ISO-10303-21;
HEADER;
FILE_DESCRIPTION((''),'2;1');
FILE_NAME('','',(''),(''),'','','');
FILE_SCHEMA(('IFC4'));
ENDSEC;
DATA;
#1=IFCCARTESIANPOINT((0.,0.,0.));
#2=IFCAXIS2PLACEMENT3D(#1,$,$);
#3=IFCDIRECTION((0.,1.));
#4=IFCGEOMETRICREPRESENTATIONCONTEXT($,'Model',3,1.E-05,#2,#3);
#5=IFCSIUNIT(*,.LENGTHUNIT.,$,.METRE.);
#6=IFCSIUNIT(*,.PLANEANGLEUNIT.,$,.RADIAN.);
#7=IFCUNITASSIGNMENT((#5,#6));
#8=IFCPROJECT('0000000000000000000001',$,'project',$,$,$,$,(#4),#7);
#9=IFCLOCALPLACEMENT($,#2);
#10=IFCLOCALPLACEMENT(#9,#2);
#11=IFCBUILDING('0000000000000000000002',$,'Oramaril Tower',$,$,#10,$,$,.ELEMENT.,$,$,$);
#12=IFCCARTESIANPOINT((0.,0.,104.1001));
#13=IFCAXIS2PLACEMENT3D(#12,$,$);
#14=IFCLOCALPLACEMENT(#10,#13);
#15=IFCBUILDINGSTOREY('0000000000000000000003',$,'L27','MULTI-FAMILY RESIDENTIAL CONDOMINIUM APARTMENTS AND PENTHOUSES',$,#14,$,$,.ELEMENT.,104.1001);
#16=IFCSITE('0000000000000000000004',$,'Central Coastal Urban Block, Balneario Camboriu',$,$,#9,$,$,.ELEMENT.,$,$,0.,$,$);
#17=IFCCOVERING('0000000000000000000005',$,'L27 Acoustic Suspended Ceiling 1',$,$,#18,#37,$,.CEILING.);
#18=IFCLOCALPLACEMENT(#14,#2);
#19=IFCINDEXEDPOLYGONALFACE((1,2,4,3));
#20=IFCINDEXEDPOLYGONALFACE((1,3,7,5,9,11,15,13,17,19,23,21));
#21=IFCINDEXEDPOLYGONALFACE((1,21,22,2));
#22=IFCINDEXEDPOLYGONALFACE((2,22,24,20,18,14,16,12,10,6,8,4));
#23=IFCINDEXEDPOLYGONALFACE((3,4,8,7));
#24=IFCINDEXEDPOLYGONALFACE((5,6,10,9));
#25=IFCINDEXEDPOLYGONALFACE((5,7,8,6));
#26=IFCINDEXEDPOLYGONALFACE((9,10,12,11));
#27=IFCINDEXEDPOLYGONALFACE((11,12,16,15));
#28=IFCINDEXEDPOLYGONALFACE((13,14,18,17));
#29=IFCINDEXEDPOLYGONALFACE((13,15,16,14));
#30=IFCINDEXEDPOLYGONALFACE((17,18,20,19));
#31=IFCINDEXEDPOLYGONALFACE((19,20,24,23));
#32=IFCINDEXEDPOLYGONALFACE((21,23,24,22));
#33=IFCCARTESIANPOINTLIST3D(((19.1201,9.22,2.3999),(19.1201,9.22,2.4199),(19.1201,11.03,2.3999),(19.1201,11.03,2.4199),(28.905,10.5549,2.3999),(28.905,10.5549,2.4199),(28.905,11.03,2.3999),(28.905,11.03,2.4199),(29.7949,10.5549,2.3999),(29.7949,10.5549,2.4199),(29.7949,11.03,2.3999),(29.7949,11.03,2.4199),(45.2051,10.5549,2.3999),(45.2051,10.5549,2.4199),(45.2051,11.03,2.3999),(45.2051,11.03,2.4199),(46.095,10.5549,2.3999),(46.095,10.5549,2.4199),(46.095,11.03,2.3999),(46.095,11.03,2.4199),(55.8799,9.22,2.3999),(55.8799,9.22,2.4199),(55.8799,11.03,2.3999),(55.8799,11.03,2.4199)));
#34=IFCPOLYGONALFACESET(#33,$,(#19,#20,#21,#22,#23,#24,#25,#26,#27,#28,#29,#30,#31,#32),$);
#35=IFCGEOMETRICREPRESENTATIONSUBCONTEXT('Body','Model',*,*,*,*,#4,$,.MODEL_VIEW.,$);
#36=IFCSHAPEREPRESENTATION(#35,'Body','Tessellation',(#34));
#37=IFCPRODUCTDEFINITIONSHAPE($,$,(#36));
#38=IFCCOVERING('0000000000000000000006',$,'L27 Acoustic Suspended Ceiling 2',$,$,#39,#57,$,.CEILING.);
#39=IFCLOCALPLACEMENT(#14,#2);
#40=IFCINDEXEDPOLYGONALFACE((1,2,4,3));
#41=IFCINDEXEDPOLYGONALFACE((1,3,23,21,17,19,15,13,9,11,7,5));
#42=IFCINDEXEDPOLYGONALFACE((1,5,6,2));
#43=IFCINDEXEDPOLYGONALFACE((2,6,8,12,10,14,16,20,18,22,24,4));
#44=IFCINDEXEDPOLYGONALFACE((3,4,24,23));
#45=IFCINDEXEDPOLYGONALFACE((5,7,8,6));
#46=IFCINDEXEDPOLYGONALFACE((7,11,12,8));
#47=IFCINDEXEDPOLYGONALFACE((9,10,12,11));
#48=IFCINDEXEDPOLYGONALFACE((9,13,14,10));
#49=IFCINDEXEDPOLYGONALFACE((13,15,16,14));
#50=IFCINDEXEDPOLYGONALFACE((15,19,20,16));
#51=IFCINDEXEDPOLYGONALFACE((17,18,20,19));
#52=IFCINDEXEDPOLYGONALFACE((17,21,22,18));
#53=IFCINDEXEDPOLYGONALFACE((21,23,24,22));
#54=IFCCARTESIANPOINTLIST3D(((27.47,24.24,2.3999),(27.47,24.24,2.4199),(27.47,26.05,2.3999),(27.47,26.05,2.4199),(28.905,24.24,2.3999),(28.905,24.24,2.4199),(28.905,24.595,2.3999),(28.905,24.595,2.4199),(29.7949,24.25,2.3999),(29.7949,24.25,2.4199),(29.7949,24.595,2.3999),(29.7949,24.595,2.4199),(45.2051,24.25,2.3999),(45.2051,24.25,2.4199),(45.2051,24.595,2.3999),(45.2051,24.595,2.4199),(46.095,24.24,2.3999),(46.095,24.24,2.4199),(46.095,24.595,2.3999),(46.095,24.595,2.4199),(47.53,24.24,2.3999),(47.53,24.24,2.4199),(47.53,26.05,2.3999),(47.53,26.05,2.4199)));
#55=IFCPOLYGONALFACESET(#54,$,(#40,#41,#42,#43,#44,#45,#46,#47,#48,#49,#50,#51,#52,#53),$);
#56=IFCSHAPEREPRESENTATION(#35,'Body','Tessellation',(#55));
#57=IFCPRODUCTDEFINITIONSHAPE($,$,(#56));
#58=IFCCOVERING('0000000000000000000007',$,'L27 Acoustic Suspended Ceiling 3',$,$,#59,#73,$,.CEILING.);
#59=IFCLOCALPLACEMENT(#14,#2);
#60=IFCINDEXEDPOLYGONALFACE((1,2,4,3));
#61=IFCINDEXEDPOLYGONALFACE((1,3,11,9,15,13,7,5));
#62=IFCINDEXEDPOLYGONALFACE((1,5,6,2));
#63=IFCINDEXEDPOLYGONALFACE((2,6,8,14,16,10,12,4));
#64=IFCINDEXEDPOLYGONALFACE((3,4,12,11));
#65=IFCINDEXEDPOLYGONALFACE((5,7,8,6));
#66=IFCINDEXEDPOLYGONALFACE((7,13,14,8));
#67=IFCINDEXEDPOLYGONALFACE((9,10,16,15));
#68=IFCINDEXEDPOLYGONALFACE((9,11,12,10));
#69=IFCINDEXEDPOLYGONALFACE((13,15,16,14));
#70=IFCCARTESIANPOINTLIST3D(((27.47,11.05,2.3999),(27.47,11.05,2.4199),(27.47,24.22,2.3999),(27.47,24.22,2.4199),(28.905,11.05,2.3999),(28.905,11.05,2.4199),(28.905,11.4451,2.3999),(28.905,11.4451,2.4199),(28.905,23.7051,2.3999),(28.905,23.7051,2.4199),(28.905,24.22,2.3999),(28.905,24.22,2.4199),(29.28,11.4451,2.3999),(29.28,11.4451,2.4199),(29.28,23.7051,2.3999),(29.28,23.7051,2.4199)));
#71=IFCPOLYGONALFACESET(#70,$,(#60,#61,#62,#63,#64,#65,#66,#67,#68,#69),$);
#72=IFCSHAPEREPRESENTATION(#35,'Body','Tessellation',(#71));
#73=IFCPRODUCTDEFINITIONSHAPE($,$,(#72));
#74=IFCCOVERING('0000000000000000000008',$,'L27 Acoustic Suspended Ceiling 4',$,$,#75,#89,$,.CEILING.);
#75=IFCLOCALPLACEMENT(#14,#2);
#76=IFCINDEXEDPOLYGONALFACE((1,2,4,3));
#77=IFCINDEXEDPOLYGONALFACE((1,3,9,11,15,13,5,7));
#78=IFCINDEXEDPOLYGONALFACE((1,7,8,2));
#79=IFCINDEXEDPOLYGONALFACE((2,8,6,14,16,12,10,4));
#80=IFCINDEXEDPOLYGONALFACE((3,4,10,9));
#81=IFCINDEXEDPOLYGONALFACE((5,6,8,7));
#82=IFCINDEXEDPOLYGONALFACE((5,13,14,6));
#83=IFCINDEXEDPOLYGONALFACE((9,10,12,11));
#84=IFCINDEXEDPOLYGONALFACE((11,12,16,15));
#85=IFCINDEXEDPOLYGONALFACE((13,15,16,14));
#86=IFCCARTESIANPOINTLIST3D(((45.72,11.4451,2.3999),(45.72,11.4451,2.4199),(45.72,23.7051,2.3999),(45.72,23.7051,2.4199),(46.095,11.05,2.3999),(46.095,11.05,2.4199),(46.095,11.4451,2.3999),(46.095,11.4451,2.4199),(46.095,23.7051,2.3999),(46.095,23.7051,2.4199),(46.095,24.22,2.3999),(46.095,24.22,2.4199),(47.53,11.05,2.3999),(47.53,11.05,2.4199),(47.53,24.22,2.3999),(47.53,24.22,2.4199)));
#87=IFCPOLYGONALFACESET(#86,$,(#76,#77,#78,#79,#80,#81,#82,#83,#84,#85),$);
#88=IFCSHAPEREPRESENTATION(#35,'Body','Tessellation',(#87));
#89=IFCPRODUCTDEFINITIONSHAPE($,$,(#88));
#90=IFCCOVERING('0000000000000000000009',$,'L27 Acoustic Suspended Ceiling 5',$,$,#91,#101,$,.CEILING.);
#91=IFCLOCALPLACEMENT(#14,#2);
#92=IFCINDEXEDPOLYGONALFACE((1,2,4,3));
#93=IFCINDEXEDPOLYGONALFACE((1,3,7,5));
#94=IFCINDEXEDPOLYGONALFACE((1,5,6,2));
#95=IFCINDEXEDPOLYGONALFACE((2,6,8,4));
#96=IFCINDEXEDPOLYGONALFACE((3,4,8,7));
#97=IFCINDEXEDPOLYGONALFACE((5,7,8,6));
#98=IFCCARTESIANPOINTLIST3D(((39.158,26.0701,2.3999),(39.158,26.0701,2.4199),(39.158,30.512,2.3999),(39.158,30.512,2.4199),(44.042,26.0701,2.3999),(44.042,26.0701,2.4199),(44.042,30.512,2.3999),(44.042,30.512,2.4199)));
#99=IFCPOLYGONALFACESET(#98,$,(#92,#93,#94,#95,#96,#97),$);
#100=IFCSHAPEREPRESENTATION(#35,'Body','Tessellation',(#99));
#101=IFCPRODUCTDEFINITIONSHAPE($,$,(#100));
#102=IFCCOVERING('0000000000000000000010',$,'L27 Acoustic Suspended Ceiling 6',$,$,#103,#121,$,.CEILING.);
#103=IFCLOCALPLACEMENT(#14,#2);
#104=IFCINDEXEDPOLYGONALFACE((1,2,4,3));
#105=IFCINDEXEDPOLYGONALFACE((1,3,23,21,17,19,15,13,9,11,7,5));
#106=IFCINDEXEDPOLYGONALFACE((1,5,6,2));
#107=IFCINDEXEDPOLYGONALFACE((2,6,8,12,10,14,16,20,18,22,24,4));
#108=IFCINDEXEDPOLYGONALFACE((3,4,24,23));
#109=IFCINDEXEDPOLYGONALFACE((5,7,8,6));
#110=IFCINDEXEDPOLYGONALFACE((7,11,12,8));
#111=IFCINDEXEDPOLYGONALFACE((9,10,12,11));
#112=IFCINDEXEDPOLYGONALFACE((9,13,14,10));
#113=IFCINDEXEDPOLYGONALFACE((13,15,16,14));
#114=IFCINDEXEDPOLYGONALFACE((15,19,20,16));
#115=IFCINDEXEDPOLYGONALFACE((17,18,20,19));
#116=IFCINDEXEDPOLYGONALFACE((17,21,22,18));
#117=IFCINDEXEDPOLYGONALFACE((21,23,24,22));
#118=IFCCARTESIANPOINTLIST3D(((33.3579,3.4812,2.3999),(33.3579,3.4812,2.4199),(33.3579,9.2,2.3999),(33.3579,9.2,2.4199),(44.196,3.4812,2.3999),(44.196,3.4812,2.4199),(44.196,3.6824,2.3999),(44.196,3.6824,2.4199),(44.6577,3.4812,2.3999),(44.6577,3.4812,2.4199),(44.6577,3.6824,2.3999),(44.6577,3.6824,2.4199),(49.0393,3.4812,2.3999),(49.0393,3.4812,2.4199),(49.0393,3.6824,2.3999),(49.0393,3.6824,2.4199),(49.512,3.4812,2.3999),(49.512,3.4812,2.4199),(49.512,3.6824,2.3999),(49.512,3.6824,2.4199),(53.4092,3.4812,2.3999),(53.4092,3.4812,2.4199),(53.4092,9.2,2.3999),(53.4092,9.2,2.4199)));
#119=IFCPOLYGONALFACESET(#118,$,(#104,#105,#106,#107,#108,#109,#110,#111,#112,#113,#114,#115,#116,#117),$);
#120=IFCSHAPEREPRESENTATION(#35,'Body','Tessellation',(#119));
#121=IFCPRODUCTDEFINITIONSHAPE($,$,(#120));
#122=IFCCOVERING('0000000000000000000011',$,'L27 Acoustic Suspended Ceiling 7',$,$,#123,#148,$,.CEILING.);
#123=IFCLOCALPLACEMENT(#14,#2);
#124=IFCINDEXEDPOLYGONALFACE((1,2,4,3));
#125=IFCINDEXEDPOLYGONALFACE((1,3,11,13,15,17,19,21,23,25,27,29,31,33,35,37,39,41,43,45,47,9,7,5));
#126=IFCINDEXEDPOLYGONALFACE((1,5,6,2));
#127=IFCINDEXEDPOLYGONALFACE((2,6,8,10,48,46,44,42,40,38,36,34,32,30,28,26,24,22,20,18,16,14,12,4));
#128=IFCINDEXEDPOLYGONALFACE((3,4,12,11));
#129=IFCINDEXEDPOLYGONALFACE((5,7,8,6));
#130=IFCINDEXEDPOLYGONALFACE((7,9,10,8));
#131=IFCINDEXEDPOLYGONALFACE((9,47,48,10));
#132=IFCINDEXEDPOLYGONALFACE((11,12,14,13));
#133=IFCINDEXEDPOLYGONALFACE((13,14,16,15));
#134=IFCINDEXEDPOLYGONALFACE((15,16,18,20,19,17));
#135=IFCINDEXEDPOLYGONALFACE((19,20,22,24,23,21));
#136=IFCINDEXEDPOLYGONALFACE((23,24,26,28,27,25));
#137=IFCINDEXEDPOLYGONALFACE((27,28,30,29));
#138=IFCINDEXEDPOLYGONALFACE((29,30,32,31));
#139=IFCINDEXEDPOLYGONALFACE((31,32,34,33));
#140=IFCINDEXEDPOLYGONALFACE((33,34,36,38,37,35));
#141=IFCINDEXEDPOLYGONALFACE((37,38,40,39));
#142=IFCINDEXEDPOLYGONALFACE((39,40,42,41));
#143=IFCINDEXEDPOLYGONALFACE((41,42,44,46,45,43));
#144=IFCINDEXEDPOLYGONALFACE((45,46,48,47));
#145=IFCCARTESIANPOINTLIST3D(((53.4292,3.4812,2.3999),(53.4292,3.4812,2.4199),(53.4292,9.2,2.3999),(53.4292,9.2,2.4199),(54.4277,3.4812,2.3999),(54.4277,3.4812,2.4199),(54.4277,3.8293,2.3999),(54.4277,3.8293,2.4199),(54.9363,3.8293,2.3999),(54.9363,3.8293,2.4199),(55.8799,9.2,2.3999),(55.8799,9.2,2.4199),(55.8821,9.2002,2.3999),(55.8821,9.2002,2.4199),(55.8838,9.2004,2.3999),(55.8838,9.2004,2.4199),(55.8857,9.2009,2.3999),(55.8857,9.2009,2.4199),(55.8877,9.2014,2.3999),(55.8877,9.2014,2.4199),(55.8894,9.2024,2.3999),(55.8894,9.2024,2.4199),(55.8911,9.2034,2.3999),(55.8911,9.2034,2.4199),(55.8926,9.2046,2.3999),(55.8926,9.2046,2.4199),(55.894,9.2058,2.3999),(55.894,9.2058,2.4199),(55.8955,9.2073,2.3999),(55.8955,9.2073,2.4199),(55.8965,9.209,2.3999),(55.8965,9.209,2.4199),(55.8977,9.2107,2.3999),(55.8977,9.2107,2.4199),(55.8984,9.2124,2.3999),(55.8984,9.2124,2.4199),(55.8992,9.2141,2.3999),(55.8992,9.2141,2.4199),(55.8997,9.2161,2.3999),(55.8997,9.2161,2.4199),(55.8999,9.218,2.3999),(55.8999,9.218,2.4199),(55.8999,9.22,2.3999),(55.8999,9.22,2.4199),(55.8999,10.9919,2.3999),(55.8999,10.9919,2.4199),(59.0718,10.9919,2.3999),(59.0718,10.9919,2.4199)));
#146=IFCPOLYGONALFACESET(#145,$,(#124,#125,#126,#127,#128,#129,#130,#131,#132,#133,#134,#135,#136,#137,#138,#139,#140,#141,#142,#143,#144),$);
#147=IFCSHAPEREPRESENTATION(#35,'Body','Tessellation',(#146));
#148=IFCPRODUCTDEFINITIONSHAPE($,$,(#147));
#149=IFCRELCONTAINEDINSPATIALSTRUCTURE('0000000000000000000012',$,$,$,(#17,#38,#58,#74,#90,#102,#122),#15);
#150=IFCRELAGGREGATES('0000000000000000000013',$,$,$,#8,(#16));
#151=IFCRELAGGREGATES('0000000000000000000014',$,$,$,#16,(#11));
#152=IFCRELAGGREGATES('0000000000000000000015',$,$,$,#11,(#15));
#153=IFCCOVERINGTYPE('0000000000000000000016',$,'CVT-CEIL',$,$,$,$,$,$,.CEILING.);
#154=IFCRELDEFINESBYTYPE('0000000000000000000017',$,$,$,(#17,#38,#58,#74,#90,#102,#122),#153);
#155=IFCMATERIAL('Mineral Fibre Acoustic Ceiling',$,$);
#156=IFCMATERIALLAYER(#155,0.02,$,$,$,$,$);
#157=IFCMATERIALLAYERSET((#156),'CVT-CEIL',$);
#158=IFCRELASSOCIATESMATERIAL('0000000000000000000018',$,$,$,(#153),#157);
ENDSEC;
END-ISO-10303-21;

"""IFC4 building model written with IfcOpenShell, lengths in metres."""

from ifc_helpers import new_model, si_unit, direction, frame, origin, place, context, subcontext, project, spatial, polyline, outline, extrude, material, layer, layer_set, type_object, element, save


model = new_model("IFC4")

# Units and contexts
model_context = context("Model", 3, precision=1e-05, world=origin(), true_north=direction((0.0, 1.0)))
body_context = subcontext(model_context, "Body", "Model", "MODEL_VIEW")
ifc_project = project(units=[si_unit("LENGTHUNIT", "METRE"), si_unit("PLANEANGLEUNIT", "RADIAN")], contexts=[model_context])

# Site, building, storey
site_placement = place(None, origin())
site = spatial("IfcSite", under=ifc_project, at=site_placement, Name="Central Coastal Urban Block, Balneario Camboriu", CompositionType="ELEMENT", RefElevation=0.0)
building_placement = place(site_placement, origin())
building = spatial("IfcBuilding", under=site, at=building_placement, Name="Oramaril Tower", CompositionType="ELEMENT")
storey_placement = place(building_placement, frame((0.0, 0.0, 104.1001)))
storey = spatial("IfcBuildingStorey", under=building, at=storey_placement, Name="L27", Description="MULTI-FAMILY RESIDENTIAL CONDOMINIUM APARTMENTS AND PENTHOUSES", CompositionType="ELEMENT", Elevation=104.1001)

# Coverings
ifc_material_1 = material(Name="Mineral Fibre Acoustic Ceiling")
ifc_layer_1 = layer(ifc_material_1, 0.02)
ifc_layer_set_1 = layer_set([ifc_layer_1], Name="CVT-CEIL")
covering_type_1 = type_object("IfcCoveringType", Name="CVT-CEIL", PredefinedType="CEILING", material=ifc_layer_set_1)
covering_1_placement = place(storey_placement, frame((0.0, 0.0, 2.3999)))
element("IfcCovering", 1, at=covering_1_placement, inside=storey, type_object=covering_type_1, Name="L27 Acoustic Suspended Ceiling 1", PredefinedType="CEILING", context=body_context, shape_type="SweptSolid", body=[
    extrude(outline(polyline([(28.905, 10.5549), (29.7949, 10.5549), (29.7949, 11.03), (45.2051, 11.03), (45.2051, 10.5549), (46.095, 10.5549), (46.095, 11.03), (55.8799, 11.03), (55.8799, 9.22), (19.1201, 9.22), (19.1201, 11.03), (28.905, 11.03), (28.905, 10.5549)])), origin(), (0.0, 0.0, 1.0), 0.02),
])
covering_2_placement = place(storey_placement, frame((0.0, 0.0, 2.3999)))
element("IfcCovering", 2, at=covering_2_placement, inside=storey, type_object=covering_type_1, Name="L27 Acoustic Suspended Ceiling 2", PredefinedType="CEILING", context=body_context, shape_type="SweptSolid", body=[
    extrude(outline(polyline([(47.53, 24.24), (46.095, 24.24), (46.095, 24.595), (45.2051, 24.595), (45.2051, 24.25), (29.7949, 24.25), (29.7949, 24.595), (28.905, 24.595), (28.905, 24.24), (27.47, 24.24), (27.47, 26.05), (47.53, 26.05), (47.53, 24.24)])), origin(), (0.0, 0.0, 1.0), 0.02),
])
covering_3_placement = place(storey_placement, frame((0.0, 0.0, 2.3999)))
element("IfcCovering", 3, at=covering_3_placement, inside=storey, type_object=covering_type_1, Name="L27 Acoustic Suspended Ceiling 3", PredefinedType="CEILING", context=body_context, shape_type="SweptSolid", body=[
    extrude(outline(polyline([(28.905, 23.7051), (29.28, 23.7051), (29.28, 11.4451), (28.905, 11.4451), (28.905, 11.05), (27.47, 11.05), (27.47, 24.22), (28.905, 24.22), (28.905, 23.7051)])), origin(), (0.0, 0.0, 1.0), 0.02),
])
covering_4_placement = place(storey_placement, frame((0.0, 0.0, 2.3999)))
element("IfcCovering", 4, at=covering_4_placement, inside=storey, type_object=covering_type_1, Name="L27 Acoustic Suspended Ceiling 4", PredefinedType="CEILING", context=body_context, shape_type="SweptSolid", body=[
    extrude(outline(polyline([(47.53, 11.05), (46.095, 11.05), (46.095, 11.4451), (45.72, 11.4451), (45.72, 23.7051), (46.095, 23.7051), (46.095, 24.22), (47.53, 24.22), (47.53, 11.05)])), origin(), (0.0, 0.0, 1.0), 0.02),
])
covering_5_placement = place(storey_placement, frame((0.0, 0.0, 2.3999)))
element("IfcCovering", 5, at=covering_5_placement, inside=storey, type_object=covering_type_1, Name="L27 Acoustic Suspended Ceiling 5", PredefinedType="CEILING", context=body_context, shape_type="SweptSolid", body=[
    extrude(outline(polyline([(44.042, 30.512), (44.042, 26.0701), (39.158, 26.0701), (39.158, 30.512), (44.042, 30.512)])), origin(), (0.0, 0.0, 1.0), 0.02),
])
covering_6_placement = place(storey_placement, frame((0.0, 0.0, 2.3999)))
element("IfcCovering", 6, at=covering_6_placement, inside=storey, type_object=covering_type_1, Name="L27 Acoustic Suspended Ceiling 6", PredefinedType="CEILING", context=body_context, shape_type="SweptSolid", body=[
    extrude(outline(polyline([(49.512, 3.4812), (49.512, 3.6824), (49.0393, 3.6824), (49.0393, 3.4812), (44.6577, 3.4812), (44.6577, 3.6824), (44.196, 3.6824), (44.196, 3.4812), (33.3579, 3.4812), (33.3579, 9.2), (53.4092, 9.2), (53.4092, 3.4812), (49.512, 3.4812)])), origin(), (0.0, 0.0, 1.0), 0.02),
])
covering_7_placement = place(storey_placement, frame((0.0, 0.0, 2.3999)))
element("IfcCovering", 7, at=covering_7_placement, inside=storey, type_object=covering_type_1, Name="L27 Acoustic Suspended Ceiling 7", PredefinedType="CEILING", context=body_context, shape_type="SweptSolid", body=[
    extrude(outline(polyline([(59.0718, 10.9919), (54.9363, 3.8293), (54.4277, 3.8293), (54.4277, 3.4812), (53.4292, 3.4812), (53.4292, 9.2), (55.8799, 9.2), (55.8821, 9.2002), (55.8838, 9.2004), (55.8857, 9.2009), (55.8877, 9.2014), (55.8894, 9.2024), (55.8911, 9.2034), (55.8926, 9.2046), (55.894, 9.2058), (55.8955, 9.2073), (55.8965, 9.209), (55.8977, 9.2107), (55.8984, 9.2124), (55.8992, 9.2141), (55.8997, 9.2161), (55.8999, 9.218), (55.8999, 9.22), (55.8999, 10.9919), (59.0718, 10.9919)])), origin(), (0.0, 0.0, 1.0), 0.02),
])

save(model, "model.ifc")
